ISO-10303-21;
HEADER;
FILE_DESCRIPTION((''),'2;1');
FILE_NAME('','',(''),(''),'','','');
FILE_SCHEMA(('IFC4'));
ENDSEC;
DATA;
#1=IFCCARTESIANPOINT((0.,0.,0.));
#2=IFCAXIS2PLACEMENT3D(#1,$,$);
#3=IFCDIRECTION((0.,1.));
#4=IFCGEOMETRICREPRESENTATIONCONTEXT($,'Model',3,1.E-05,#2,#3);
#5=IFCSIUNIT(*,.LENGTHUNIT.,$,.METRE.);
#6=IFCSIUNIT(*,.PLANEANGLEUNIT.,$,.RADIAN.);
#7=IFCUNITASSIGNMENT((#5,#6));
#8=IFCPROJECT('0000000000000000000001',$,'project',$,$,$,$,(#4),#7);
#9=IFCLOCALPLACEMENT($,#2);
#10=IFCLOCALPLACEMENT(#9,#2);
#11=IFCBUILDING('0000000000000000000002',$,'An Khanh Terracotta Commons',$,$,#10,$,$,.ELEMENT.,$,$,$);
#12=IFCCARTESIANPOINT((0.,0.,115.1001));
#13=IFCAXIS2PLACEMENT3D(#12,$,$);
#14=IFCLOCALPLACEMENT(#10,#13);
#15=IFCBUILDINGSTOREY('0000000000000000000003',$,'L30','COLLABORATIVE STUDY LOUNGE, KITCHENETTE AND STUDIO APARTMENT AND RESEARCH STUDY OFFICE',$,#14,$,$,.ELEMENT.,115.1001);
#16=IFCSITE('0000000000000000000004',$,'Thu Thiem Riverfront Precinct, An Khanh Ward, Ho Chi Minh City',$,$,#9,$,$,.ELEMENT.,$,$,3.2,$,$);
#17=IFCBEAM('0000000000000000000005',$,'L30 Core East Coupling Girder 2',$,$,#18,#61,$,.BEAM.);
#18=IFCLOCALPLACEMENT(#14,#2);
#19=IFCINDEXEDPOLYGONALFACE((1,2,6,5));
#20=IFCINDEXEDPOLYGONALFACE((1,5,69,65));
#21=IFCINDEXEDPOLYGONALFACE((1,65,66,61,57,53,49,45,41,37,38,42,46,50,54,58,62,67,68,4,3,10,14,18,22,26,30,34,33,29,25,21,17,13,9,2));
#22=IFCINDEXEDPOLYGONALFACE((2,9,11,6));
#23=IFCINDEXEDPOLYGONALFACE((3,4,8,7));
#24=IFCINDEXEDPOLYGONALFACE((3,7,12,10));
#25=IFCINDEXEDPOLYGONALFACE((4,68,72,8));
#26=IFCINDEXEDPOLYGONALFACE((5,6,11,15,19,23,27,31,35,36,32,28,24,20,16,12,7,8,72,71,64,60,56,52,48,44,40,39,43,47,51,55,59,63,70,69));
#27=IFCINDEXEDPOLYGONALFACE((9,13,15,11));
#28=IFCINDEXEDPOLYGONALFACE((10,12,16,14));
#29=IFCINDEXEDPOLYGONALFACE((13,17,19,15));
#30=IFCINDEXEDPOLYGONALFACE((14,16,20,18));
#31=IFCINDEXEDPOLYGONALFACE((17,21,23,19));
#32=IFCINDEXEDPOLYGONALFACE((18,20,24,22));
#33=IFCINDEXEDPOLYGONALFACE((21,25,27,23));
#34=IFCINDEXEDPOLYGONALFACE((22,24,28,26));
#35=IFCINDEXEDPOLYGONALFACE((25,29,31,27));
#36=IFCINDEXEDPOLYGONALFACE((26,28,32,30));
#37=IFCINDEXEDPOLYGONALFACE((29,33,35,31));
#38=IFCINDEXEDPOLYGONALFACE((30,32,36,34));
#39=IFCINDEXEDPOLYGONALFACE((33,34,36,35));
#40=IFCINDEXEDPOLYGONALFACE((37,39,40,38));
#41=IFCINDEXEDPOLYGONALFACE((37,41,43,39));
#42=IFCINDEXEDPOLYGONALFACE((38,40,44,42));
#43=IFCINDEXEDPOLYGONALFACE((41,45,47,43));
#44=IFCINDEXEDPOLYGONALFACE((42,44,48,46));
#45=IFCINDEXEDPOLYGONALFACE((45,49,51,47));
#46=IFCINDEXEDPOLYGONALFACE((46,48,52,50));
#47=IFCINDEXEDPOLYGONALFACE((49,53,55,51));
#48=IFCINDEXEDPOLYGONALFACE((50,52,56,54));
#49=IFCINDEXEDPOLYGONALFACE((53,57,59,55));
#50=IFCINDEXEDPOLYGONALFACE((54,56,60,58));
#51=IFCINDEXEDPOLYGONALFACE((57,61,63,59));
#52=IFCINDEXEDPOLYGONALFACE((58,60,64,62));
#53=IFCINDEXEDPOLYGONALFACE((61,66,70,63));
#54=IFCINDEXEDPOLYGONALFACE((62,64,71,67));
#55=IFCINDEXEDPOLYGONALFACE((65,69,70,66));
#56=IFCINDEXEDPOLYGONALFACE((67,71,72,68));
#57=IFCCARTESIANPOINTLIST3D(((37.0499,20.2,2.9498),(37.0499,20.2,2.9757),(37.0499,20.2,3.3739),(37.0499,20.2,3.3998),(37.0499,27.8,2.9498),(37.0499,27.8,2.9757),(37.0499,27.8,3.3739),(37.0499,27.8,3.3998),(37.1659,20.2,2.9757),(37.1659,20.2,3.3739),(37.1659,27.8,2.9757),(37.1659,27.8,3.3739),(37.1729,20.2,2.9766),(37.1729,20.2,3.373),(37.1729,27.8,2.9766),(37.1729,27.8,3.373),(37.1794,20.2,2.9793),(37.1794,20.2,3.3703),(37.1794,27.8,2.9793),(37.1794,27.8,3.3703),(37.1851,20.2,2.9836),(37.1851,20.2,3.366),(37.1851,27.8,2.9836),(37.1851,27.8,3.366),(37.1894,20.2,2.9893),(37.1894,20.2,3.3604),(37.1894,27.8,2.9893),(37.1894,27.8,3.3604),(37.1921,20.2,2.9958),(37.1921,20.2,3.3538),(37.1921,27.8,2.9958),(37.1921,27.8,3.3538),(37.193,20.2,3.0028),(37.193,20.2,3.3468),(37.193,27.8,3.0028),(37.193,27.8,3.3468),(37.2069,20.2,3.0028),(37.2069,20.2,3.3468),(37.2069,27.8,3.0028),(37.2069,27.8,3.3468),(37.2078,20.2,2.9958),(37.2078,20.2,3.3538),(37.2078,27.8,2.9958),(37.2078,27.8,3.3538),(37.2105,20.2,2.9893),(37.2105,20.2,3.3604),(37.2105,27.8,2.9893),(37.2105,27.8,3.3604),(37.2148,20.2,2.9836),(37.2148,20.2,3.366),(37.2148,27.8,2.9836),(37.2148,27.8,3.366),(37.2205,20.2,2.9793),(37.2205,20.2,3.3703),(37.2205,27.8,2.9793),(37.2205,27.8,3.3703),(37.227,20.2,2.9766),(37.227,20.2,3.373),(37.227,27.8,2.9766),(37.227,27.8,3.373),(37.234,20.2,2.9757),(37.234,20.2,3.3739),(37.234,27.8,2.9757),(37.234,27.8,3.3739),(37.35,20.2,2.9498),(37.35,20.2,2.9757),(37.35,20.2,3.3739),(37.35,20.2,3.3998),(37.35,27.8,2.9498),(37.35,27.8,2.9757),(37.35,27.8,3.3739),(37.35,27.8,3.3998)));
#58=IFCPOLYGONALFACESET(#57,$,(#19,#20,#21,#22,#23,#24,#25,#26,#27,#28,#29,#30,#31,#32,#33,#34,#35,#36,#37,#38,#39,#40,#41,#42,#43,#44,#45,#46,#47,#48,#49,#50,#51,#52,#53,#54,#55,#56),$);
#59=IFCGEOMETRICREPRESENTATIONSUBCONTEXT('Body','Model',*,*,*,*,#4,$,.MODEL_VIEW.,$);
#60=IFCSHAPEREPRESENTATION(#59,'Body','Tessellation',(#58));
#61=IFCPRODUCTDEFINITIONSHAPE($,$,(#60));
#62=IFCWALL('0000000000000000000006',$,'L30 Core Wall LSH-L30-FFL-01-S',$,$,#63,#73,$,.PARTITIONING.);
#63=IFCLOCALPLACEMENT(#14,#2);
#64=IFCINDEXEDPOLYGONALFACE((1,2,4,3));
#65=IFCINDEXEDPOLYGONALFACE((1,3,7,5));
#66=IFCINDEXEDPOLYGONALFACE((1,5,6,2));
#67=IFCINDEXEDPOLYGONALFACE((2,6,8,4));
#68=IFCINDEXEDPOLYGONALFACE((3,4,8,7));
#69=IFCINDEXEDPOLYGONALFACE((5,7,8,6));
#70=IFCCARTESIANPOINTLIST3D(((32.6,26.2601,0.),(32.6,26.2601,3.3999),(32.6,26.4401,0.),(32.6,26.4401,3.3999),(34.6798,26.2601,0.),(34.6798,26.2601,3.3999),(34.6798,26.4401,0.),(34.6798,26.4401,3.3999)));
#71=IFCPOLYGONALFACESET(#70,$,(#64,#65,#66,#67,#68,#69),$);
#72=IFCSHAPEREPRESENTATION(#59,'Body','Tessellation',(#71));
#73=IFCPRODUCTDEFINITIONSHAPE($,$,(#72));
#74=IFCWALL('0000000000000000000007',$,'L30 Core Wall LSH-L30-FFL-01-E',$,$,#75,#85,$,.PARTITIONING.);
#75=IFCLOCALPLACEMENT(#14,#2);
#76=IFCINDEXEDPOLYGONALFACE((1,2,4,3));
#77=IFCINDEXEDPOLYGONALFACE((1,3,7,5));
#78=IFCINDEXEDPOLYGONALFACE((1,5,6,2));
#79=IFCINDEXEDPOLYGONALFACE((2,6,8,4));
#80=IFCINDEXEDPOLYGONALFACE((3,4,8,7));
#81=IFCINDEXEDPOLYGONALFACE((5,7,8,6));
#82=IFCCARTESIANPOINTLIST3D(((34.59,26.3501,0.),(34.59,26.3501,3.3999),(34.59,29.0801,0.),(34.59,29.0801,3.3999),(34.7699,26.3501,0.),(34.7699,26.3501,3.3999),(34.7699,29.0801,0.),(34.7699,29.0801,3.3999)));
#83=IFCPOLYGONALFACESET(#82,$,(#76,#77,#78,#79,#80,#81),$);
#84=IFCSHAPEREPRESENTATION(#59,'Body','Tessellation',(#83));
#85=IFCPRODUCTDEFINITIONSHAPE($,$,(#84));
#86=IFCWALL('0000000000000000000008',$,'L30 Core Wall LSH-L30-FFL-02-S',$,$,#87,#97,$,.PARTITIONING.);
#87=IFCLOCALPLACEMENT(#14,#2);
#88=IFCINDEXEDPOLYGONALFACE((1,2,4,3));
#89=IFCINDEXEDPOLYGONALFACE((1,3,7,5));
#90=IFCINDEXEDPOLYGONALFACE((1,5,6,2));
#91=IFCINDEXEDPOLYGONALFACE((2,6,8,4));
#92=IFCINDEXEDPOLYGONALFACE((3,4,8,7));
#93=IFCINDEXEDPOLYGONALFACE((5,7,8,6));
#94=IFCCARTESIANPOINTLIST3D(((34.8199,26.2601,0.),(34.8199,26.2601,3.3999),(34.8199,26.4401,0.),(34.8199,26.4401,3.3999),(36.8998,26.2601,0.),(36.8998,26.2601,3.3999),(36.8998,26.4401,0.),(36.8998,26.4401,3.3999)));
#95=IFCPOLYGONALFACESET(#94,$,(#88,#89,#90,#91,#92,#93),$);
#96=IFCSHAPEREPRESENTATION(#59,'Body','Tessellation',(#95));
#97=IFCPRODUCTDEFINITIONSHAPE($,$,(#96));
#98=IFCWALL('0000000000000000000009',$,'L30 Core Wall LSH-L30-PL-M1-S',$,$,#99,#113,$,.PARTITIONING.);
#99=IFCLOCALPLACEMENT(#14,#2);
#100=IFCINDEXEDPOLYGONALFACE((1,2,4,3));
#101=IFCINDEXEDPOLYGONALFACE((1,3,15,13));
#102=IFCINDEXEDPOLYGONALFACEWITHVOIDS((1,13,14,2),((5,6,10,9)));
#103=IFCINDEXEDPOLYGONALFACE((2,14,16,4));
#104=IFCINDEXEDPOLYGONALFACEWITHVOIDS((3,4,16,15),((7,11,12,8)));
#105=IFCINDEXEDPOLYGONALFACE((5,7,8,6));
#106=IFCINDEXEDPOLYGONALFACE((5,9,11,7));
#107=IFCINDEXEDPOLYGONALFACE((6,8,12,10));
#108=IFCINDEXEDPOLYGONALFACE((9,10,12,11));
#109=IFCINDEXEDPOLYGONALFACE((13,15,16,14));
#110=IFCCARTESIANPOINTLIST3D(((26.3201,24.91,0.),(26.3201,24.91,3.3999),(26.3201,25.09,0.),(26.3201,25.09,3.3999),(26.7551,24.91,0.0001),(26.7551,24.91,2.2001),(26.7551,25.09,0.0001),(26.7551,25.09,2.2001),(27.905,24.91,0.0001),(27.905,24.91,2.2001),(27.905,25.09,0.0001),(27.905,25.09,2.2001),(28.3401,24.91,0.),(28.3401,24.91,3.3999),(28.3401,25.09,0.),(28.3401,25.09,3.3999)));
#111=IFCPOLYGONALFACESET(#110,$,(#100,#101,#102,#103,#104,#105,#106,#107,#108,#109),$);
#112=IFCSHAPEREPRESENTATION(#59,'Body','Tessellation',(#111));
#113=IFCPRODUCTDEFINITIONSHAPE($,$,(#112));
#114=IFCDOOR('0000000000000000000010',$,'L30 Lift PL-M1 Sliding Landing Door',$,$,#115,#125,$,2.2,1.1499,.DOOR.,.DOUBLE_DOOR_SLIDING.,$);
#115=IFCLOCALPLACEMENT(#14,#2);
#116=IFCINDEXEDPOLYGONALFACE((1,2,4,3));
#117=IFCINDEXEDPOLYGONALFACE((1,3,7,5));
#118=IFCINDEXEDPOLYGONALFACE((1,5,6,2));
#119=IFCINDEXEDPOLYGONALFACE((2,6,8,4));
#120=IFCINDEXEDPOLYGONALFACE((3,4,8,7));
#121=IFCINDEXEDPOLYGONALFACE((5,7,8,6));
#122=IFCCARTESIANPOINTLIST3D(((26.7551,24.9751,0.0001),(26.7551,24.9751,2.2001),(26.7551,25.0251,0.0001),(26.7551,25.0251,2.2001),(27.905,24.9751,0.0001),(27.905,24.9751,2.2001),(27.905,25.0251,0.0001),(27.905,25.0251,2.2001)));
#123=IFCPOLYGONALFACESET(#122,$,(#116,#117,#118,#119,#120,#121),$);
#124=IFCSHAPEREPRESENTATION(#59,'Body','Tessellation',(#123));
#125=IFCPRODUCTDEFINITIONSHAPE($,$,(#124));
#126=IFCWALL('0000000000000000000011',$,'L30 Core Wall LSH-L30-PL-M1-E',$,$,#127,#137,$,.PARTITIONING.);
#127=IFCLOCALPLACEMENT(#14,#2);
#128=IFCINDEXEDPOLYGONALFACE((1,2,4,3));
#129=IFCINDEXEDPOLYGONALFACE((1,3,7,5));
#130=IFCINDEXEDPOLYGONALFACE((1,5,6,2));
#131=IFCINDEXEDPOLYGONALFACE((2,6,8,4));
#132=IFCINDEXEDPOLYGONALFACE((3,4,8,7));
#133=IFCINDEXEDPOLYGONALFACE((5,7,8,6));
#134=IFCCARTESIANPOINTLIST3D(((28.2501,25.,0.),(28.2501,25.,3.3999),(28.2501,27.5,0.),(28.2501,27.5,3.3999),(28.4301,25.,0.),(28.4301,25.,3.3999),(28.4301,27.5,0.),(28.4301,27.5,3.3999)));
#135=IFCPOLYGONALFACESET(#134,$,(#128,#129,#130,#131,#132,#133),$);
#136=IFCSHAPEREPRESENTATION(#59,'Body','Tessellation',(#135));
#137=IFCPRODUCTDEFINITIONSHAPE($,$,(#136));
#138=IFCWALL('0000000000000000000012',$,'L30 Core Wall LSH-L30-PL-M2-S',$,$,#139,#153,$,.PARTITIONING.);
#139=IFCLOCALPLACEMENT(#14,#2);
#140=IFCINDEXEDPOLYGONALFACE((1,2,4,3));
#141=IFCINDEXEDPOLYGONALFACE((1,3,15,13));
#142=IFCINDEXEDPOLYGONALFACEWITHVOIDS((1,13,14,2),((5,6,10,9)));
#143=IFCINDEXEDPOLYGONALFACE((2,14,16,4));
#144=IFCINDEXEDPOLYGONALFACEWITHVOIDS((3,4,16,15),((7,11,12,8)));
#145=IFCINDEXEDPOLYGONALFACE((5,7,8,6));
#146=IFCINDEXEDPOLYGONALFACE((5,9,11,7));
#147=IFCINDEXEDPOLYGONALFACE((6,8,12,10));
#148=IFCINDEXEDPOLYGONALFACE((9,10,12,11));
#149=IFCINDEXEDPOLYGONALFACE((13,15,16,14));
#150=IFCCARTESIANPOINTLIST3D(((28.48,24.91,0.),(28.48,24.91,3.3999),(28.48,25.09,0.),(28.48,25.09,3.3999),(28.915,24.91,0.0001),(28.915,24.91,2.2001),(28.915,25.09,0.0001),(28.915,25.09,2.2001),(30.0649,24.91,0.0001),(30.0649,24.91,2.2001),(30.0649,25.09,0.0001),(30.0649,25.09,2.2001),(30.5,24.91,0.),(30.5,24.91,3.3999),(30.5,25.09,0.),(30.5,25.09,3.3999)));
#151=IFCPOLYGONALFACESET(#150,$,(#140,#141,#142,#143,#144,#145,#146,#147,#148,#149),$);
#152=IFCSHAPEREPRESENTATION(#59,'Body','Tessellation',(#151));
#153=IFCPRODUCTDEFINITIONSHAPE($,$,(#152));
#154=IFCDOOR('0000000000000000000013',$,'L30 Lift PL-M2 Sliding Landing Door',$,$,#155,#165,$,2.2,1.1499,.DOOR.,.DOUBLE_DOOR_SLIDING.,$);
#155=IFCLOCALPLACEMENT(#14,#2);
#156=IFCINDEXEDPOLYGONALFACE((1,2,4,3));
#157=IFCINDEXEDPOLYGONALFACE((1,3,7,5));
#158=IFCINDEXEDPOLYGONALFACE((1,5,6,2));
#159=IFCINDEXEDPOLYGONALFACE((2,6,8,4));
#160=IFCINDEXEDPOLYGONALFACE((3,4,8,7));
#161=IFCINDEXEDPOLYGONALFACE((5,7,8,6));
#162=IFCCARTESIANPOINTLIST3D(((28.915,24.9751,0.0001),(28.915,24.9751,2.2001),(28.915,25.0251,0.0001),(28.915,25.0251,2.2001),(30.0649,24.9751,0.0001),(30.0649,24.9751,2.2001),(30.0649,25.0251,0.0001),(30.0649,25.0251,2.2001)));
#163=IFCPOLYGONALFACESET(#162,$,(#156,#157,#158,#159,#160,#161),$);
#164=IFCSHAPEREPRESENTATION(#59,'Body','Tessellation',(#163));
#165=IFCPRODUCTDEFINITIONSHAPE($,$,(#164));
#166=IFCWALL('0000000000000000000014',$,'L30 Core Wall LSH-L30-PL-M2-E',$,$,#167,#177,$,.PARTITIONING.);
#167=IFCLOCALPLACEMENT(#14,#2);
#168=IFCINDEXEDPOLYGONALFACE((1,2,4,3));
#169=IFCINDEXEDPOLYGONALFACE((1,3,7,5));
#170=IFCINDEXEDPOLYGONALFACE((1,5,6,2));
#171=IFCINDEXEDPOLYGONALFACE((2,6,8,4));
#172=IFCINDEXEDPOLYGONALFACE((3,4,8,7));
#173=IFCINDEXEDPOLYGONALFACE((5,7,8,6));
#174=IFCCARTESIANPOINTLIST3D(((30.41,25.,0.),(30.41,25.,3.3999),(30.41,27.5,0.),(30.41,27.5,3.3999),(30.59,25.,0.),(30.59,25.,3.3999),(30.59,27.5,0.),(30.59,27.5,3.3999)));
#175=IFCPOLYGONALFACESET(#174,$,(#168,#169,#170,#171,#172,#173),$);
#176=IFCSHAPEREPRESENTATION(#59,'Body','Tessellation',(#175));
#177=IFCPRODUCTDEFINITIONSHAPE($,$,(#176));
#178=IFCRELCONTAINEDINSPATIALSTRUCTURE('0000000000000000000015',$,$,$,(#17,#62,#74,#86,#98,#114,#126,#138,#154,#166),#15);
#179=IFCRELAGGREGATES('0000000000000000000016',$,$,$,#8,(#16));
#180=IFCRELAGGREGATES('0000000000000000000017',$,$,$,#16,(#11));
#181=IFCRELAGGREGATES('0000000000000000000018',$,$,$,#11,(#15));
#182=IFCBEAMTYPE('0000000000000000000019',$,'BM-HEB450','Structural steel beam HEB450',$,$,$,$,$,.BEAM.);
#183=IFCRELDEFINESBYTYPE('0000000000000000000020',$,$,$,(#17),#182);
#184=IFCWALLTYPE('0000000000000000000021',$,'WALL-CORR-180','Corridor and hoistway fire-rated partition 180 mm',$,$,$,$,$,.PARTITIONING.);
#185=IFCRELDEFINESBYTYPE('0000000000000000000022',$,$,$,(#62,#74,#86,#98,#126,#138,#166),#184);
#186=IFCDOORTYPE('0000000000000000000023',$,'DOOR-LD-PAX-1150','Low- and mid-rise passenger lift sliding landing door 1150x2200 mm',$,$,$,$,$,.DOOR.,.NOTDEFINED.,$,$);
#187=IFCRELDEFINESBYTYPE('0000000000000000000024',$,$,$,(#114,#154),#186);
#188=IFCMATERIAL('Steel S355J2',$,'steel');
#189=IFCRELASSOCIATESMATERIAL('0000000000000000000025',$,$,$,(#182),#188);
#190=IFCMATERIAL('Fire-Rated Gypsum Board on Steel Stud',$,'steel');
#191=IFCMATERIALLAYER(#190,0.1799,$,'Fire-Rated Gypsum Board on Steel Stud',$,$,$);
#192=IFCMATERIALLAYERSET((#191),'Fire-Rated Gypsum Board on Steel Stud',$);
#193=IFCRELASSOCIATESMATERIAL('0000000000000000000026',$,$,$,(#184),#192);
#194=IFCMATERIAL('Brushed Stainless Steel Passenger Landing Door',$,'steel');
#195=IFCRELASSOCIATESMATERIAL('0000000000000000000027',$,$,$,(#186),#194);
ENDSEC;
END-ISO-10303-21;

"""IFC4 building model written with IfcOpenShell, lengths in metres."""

from ifc_helpers import new_model, si_unit, direction, frame, frame_2d, origin, origin_2d, place, context, subcontext, project, spatial, rectangle, i_section, extrude, material, layer, layer_set, material_profile, profile_set, type_object, element, fill, save


model = new_model("IFC4")

# Units and contexts
model_context = context("Model", 3, precision=1e-05, world=origin(), true_north=direction((0.0, 1.0)))
body_context = subcontext(model_context, "Body", "Model", "MODEL_VIEW")
ifc_project = project(units=[si_unit("LENGTHUNIT", "METRE"), si_unit("PLANEANGLEUNIT", "RADIAN")], contexts=[model_context])

# Site, building, storey
site_placement = place(None, origin())
site = spatial("IfcSite", under=ifc_project, at=site_placement, Name="Thu Thiem Riverfront Precinct, An Khanh Ward, Ho Chi Minh City", CompositionType="ELEMENT", RefElevation=3.2)
building_placement = place(site_placement, origin())
building = spatial("IfcBuilding", under=site, at=building_placement, Name="An Khanh Terracotta Commons", CompositionType="ELEMENT")
storey_placement = place(building_placement, frame((0.0, 0.0, 115.1001)))
storey = spatial("IfcBuildingStorey", under=building, at=storey_placement, Name="L30", Description="COLLABORATIVE STUDY LOUNGE, KITCHENETTE AND STUDIO APARTMENT AND RESEARCH STUDY OFFICE", CompositionType="ELEMENT", Elevation=115.1001)

# Beam
ifc_material_1 = material(Name="Steel S355J2", Category="steel")
ifc_material_profile = material_profile(ifc_material_1, i_section(OverallWidth=0.3, OverallDepth=0.45, WebThickness=0.0139, FlangeThickness=0.0259, FilletRadius=0.0271, at=origin_2d()), Name="HEB450")
ifc_profile_set = profile_set([ifc_material_profile], Name="Steel S355J2")
beam_type = type_object("IfcBeamType", Name="BM-HEB450", Description="Structural steel beam HEB450", PredefinedType="BEAM", material=ifc_profile_set)
beam_placement = place(storey_placement, frame((37.2, 20.2, 3.1748), z_axis=(0.0, 1.0, 0.0), x_axis=(-1.0, 0.0, 0.0)))
element("IfcBeam", 1, at=beam_placement, inside=storey, type_object=beam_type, Name="L30 Core East Coupling Girder 2", PredefinedType="BEAM", context=body_context, shape_type="SweptSolid", body=[
    extrude(i_section(OverallWidth=0.3, OverallDepth=0.45, WebThickness=0.0139, FlangeThickness=0.0259, FilletRadius=0.0271, at=origin_2d()), origin(), (0.0, 0.0, 1.0), 7.6001),
])

# Walls
ifc_material_2 = material(Name="Fire-Rated Gypsum Board on Steel Stud", Category="steel")
ifc_layer_1 = layer(ifc_material_2, 0.1799, Name="Fire-Rated Gypsum Board on Steel Stud")
ifc_layer_set_1 = layer_set([ifc_layer_1], Name="Fire-Rated Gypsum Board on Steel Stud")
wall_type_1 = type_object("IfcWallType", Name="WALL-CORR-180", Description="Corridor and hoistway fire-rated partition 180 mm", PredefinedType="PARTITIONING", material=ifc_layer_set_1)
wall_1_placement = place(storey_placement, frame((34.6799, 26.3501, 0.0), z_axis=(0.0, 0.0, 1.0), x_axis=(-1.0, 0.0, 0.0)))
element("IfcWall", 2, at=wall_1_placement, inside=storey, type_object=wall_type_1, Name="L30 Core Wall LSH-L30-FFL-01-S", PredefinedType="PARTITIONING", context=body_context, shape_type="SweptSolid", body=[
    extrude(rectangle(XDim=2.0798, YDim=0.1799, at=frame_2d((1.04, 0.0))), origin(), (0.0, 0.0, 1.0), 3.3999),
])
wall_2_placement = place(storey_placement, frame((34.6799, 26.3501, 0.0), z_axis=(0.0, 0.0, 1.0), x_axis=(0.0, 1.0, 0.0)))
element("IfcWall", 3, at=wall_2_placement, inside=storey, type_object=wall_type_1, Name="L30 Core Wall LSH-L30-FFL-01-E", PredefinedType="PARTITIONING", context=body_context, shape_type="SweptSolid", body=[
    extrude(rectangle(XDim=2.73, YDim=0.1799, at=frame_2d((1.365, 0.0))), origin(), (0.0, 0.0, 1.0), 3.3999),
])
wall_3_placement = place(storey_placement, frame((36.8999, 26.3501, 0.0), z_axis=(0.0, 0.0, 1.0), x_axis=(-1.0, 0.0, 0.0)))
element("IfcWall", 4, at=wall_3_placement, inside=storey, type_object=wall_type_1, Name="L30 Core Wall LSH-L30-FFL-02-S", PredefinedType="PARTITIONING", context=body_context, shape_type="SweptSolid", body=[
    extrude(rectangle(XDim=2.0798, YDim=0.1799, at=frame_2d((1.04, 0.0))), origin(), (0.0, 0.0, 1.0), 3.3999),
])

# Wall, opening, door
wall_4_placement = place(storey_placement, frame((28.3401, 25.0, 0.0), z_axis=(0.0, 0.0, 1.0), x_axis=(-1.0, 0.0, 0.0)))
wall_4 = element("IfcWall", 5, at=wall_4_placement, inside=storey, type_object=wall_type_1, Name="L30 Core Wall LSH-L30-PL-M1-S", PredefinedType="PARTITIONING", context=body_context, shape_type="SweptSolid", body=[
    extrude(rectangle(XDim=2.02, YDim=0.1799, at=frame_2d((1.01, 0.0))), origin(), (0.0, 0.0, 1.0), 3.3999),
])
opening_1_placement = place(wall_4_placement, frame((0.4351, 0.0, 0.0)))
opening_1 = element("IfcOpeningElement", 6, at=opening_1_placement, cuts=wall_4, PredefinedType="OPENING", context=body_context, shape_type="SweptSolid", body=[
    extrude(rectangle(XDim=1.1499, YDim=2.2, at=frame_2d((0.575, 1.1001))), frame((0.0, 0.0999, 0.0), z_axis=(0.0, -1.0, 0.0), x_axis=(1.0, 0.0, 0.0)), (0.0, 0.0, 1.0), 0.2),
])
ifc_material_3 = material(Name="Brushed Stainless Steel Passenger Landing Door", Category="steel")
door_type = type_object("IfcDoorType", Name="DOOR-LD-PAX-1150", Description="Low- and mid-rise passenger lift sliding landing door 1150x2200 mm", OperationType="NOTDEFINED", PredefinedType="DOOR", material=ifc_material_3)
door_1_placement = place(opening_1_placement, origin())
door_1 = element("IfcDoor", 7, at=door_1_placement, inside=storey, type_object=door_type, Name="L30 Lift PL-M1 Sliding Landing Door", OperationType="DOUBLE_DOOR_SLIDING", OverallHeight=2.2, OverallWidth=1.1499, PredefinedType="DOOR", context=body_context, shape_type="SweptSolid", body=[
    extrude(rectangle(XDim=1.1499, YDim=2.2, at=frame_2d((0.575, 1.1001))), frame((0.0, 0.0249, 0.0), z_axis=(0.0, -1.0, 0.0), x_axis=(1.0, 0.0, 0.0)), (0.0, 0.0, 1.0), 0.05),
])
fill(opening_1, door_1)

# Wall
wall_5_placement = place(storey_placement, frame((28.3401, 25.0, 0.0), z_axis=(0.0, 0.0, 1.0), x_axis=(0.0, 1.0, 0.0)))
element("IfcWall", 8, at=wall_5_placement, inside=storey, type_object=wall_type_1, Name="L30 Core Wall LSH-L30-PL-M1-E", PredefinedType="PARTITIONING", context=body_context, shape_type="SweptSolid", body=[
    extrude(rectangle(XDim=2.5, YDim=0.1799, at=frame_2d((1.25, 0.0))), origin(), (0.0, 0.0, 1.0), 3.3999),
])

# Wall, opening, door
wall_6_placement = place(storey_placement, frame((30.5, 25.0, 0.0), z_axis=(0.0, 0.0, 1.0), x_axis=(-1.0, 0.0, 0.0)))
wall_6 = element("IfcWall", 9, at=wall_6_placement, inside=storey, type_object=wall_type_1, Name="L30 Core Wall LSH-L30-PL-M2-S", PredefinedType="PARTITIONING", context=body_context, shape_type="SweptSolid", body=[
    extrude(rectangle(XDim=2.02, YDim=0.1799, at=frame_2d((1.01, 0.0))), origin(), (0.0, 0.0, 1.0), 3.3999),
])
opening_2_placement = place(wall_6_placement, frame((0.4351, 0.0, 0.0)))
opening_2 = element("IfcOpeningElement", 10, at=opening_2_placement, cuts=wall_6, PredefinedType="OPENING", context=body_context, shape_type="SweptSolid", body=[
    extrude(rectangle(XDim=1.1499, YDim=2.2, at=frame_2d((0.575, 1.1001))), frame((0.0, 0.0999, 0.0), z_axis=(0.0, -1.0, 0.0), x_axis=(1.0, 0.0, 0.0)), (0.0, 0.0, 1.0), 0.2),
])
door_2_placement = place(opening_2_placement, origin())
door_2 = element("IfcDoor", 11, at=door_2_placement, inside=storey, type_object=door_type, Name="L30 Lift PL-M2 Sliding Landing Door", OperationType="DOUBLE_DOOR_SLIDING", OverallHeight=2.2, OverallWidth=1.1499, PredefinedType="DOOR", context=body_context, shape_type="SweptSolid", body=[
    extrude(rectangle(XDim=1.1499, YDim=2.2, at=frame_2d((0.575, 1.1001))), frame((0.0, 0.0249, 0.0), z_axis=(0.0, -1.0, 0.0), x_axis=(1.0, 0.0, 0.0)), (0.0, 0.0, 1.0), 0.05),
])
fill(opening_2, door_2)

# Wall
wall_7_placement = place(storey_placement, frame((30.5, 25.0, 0.0), z_axis=(0.0, 0.0, 1.0), x_axis=(0.0, 1.0, 0.0)))
element("IfcWall", 12, at=wall_7_placement, inside=storey, type_object=wall_type_1, Name="L30 Core Wall LSH-L30-PL-M2-E", PredefinedType="PARTITIONING", context=body_context, shape_type="SweptSolid", body=[
    extrude(rectangle(XDim=2.5, YDim=0.1799, at=frame_2d((1.25, 0.0))), origin(), (0.0, 0.0, 1.0), 3.3999),
])

save(model, "model.ifc")
